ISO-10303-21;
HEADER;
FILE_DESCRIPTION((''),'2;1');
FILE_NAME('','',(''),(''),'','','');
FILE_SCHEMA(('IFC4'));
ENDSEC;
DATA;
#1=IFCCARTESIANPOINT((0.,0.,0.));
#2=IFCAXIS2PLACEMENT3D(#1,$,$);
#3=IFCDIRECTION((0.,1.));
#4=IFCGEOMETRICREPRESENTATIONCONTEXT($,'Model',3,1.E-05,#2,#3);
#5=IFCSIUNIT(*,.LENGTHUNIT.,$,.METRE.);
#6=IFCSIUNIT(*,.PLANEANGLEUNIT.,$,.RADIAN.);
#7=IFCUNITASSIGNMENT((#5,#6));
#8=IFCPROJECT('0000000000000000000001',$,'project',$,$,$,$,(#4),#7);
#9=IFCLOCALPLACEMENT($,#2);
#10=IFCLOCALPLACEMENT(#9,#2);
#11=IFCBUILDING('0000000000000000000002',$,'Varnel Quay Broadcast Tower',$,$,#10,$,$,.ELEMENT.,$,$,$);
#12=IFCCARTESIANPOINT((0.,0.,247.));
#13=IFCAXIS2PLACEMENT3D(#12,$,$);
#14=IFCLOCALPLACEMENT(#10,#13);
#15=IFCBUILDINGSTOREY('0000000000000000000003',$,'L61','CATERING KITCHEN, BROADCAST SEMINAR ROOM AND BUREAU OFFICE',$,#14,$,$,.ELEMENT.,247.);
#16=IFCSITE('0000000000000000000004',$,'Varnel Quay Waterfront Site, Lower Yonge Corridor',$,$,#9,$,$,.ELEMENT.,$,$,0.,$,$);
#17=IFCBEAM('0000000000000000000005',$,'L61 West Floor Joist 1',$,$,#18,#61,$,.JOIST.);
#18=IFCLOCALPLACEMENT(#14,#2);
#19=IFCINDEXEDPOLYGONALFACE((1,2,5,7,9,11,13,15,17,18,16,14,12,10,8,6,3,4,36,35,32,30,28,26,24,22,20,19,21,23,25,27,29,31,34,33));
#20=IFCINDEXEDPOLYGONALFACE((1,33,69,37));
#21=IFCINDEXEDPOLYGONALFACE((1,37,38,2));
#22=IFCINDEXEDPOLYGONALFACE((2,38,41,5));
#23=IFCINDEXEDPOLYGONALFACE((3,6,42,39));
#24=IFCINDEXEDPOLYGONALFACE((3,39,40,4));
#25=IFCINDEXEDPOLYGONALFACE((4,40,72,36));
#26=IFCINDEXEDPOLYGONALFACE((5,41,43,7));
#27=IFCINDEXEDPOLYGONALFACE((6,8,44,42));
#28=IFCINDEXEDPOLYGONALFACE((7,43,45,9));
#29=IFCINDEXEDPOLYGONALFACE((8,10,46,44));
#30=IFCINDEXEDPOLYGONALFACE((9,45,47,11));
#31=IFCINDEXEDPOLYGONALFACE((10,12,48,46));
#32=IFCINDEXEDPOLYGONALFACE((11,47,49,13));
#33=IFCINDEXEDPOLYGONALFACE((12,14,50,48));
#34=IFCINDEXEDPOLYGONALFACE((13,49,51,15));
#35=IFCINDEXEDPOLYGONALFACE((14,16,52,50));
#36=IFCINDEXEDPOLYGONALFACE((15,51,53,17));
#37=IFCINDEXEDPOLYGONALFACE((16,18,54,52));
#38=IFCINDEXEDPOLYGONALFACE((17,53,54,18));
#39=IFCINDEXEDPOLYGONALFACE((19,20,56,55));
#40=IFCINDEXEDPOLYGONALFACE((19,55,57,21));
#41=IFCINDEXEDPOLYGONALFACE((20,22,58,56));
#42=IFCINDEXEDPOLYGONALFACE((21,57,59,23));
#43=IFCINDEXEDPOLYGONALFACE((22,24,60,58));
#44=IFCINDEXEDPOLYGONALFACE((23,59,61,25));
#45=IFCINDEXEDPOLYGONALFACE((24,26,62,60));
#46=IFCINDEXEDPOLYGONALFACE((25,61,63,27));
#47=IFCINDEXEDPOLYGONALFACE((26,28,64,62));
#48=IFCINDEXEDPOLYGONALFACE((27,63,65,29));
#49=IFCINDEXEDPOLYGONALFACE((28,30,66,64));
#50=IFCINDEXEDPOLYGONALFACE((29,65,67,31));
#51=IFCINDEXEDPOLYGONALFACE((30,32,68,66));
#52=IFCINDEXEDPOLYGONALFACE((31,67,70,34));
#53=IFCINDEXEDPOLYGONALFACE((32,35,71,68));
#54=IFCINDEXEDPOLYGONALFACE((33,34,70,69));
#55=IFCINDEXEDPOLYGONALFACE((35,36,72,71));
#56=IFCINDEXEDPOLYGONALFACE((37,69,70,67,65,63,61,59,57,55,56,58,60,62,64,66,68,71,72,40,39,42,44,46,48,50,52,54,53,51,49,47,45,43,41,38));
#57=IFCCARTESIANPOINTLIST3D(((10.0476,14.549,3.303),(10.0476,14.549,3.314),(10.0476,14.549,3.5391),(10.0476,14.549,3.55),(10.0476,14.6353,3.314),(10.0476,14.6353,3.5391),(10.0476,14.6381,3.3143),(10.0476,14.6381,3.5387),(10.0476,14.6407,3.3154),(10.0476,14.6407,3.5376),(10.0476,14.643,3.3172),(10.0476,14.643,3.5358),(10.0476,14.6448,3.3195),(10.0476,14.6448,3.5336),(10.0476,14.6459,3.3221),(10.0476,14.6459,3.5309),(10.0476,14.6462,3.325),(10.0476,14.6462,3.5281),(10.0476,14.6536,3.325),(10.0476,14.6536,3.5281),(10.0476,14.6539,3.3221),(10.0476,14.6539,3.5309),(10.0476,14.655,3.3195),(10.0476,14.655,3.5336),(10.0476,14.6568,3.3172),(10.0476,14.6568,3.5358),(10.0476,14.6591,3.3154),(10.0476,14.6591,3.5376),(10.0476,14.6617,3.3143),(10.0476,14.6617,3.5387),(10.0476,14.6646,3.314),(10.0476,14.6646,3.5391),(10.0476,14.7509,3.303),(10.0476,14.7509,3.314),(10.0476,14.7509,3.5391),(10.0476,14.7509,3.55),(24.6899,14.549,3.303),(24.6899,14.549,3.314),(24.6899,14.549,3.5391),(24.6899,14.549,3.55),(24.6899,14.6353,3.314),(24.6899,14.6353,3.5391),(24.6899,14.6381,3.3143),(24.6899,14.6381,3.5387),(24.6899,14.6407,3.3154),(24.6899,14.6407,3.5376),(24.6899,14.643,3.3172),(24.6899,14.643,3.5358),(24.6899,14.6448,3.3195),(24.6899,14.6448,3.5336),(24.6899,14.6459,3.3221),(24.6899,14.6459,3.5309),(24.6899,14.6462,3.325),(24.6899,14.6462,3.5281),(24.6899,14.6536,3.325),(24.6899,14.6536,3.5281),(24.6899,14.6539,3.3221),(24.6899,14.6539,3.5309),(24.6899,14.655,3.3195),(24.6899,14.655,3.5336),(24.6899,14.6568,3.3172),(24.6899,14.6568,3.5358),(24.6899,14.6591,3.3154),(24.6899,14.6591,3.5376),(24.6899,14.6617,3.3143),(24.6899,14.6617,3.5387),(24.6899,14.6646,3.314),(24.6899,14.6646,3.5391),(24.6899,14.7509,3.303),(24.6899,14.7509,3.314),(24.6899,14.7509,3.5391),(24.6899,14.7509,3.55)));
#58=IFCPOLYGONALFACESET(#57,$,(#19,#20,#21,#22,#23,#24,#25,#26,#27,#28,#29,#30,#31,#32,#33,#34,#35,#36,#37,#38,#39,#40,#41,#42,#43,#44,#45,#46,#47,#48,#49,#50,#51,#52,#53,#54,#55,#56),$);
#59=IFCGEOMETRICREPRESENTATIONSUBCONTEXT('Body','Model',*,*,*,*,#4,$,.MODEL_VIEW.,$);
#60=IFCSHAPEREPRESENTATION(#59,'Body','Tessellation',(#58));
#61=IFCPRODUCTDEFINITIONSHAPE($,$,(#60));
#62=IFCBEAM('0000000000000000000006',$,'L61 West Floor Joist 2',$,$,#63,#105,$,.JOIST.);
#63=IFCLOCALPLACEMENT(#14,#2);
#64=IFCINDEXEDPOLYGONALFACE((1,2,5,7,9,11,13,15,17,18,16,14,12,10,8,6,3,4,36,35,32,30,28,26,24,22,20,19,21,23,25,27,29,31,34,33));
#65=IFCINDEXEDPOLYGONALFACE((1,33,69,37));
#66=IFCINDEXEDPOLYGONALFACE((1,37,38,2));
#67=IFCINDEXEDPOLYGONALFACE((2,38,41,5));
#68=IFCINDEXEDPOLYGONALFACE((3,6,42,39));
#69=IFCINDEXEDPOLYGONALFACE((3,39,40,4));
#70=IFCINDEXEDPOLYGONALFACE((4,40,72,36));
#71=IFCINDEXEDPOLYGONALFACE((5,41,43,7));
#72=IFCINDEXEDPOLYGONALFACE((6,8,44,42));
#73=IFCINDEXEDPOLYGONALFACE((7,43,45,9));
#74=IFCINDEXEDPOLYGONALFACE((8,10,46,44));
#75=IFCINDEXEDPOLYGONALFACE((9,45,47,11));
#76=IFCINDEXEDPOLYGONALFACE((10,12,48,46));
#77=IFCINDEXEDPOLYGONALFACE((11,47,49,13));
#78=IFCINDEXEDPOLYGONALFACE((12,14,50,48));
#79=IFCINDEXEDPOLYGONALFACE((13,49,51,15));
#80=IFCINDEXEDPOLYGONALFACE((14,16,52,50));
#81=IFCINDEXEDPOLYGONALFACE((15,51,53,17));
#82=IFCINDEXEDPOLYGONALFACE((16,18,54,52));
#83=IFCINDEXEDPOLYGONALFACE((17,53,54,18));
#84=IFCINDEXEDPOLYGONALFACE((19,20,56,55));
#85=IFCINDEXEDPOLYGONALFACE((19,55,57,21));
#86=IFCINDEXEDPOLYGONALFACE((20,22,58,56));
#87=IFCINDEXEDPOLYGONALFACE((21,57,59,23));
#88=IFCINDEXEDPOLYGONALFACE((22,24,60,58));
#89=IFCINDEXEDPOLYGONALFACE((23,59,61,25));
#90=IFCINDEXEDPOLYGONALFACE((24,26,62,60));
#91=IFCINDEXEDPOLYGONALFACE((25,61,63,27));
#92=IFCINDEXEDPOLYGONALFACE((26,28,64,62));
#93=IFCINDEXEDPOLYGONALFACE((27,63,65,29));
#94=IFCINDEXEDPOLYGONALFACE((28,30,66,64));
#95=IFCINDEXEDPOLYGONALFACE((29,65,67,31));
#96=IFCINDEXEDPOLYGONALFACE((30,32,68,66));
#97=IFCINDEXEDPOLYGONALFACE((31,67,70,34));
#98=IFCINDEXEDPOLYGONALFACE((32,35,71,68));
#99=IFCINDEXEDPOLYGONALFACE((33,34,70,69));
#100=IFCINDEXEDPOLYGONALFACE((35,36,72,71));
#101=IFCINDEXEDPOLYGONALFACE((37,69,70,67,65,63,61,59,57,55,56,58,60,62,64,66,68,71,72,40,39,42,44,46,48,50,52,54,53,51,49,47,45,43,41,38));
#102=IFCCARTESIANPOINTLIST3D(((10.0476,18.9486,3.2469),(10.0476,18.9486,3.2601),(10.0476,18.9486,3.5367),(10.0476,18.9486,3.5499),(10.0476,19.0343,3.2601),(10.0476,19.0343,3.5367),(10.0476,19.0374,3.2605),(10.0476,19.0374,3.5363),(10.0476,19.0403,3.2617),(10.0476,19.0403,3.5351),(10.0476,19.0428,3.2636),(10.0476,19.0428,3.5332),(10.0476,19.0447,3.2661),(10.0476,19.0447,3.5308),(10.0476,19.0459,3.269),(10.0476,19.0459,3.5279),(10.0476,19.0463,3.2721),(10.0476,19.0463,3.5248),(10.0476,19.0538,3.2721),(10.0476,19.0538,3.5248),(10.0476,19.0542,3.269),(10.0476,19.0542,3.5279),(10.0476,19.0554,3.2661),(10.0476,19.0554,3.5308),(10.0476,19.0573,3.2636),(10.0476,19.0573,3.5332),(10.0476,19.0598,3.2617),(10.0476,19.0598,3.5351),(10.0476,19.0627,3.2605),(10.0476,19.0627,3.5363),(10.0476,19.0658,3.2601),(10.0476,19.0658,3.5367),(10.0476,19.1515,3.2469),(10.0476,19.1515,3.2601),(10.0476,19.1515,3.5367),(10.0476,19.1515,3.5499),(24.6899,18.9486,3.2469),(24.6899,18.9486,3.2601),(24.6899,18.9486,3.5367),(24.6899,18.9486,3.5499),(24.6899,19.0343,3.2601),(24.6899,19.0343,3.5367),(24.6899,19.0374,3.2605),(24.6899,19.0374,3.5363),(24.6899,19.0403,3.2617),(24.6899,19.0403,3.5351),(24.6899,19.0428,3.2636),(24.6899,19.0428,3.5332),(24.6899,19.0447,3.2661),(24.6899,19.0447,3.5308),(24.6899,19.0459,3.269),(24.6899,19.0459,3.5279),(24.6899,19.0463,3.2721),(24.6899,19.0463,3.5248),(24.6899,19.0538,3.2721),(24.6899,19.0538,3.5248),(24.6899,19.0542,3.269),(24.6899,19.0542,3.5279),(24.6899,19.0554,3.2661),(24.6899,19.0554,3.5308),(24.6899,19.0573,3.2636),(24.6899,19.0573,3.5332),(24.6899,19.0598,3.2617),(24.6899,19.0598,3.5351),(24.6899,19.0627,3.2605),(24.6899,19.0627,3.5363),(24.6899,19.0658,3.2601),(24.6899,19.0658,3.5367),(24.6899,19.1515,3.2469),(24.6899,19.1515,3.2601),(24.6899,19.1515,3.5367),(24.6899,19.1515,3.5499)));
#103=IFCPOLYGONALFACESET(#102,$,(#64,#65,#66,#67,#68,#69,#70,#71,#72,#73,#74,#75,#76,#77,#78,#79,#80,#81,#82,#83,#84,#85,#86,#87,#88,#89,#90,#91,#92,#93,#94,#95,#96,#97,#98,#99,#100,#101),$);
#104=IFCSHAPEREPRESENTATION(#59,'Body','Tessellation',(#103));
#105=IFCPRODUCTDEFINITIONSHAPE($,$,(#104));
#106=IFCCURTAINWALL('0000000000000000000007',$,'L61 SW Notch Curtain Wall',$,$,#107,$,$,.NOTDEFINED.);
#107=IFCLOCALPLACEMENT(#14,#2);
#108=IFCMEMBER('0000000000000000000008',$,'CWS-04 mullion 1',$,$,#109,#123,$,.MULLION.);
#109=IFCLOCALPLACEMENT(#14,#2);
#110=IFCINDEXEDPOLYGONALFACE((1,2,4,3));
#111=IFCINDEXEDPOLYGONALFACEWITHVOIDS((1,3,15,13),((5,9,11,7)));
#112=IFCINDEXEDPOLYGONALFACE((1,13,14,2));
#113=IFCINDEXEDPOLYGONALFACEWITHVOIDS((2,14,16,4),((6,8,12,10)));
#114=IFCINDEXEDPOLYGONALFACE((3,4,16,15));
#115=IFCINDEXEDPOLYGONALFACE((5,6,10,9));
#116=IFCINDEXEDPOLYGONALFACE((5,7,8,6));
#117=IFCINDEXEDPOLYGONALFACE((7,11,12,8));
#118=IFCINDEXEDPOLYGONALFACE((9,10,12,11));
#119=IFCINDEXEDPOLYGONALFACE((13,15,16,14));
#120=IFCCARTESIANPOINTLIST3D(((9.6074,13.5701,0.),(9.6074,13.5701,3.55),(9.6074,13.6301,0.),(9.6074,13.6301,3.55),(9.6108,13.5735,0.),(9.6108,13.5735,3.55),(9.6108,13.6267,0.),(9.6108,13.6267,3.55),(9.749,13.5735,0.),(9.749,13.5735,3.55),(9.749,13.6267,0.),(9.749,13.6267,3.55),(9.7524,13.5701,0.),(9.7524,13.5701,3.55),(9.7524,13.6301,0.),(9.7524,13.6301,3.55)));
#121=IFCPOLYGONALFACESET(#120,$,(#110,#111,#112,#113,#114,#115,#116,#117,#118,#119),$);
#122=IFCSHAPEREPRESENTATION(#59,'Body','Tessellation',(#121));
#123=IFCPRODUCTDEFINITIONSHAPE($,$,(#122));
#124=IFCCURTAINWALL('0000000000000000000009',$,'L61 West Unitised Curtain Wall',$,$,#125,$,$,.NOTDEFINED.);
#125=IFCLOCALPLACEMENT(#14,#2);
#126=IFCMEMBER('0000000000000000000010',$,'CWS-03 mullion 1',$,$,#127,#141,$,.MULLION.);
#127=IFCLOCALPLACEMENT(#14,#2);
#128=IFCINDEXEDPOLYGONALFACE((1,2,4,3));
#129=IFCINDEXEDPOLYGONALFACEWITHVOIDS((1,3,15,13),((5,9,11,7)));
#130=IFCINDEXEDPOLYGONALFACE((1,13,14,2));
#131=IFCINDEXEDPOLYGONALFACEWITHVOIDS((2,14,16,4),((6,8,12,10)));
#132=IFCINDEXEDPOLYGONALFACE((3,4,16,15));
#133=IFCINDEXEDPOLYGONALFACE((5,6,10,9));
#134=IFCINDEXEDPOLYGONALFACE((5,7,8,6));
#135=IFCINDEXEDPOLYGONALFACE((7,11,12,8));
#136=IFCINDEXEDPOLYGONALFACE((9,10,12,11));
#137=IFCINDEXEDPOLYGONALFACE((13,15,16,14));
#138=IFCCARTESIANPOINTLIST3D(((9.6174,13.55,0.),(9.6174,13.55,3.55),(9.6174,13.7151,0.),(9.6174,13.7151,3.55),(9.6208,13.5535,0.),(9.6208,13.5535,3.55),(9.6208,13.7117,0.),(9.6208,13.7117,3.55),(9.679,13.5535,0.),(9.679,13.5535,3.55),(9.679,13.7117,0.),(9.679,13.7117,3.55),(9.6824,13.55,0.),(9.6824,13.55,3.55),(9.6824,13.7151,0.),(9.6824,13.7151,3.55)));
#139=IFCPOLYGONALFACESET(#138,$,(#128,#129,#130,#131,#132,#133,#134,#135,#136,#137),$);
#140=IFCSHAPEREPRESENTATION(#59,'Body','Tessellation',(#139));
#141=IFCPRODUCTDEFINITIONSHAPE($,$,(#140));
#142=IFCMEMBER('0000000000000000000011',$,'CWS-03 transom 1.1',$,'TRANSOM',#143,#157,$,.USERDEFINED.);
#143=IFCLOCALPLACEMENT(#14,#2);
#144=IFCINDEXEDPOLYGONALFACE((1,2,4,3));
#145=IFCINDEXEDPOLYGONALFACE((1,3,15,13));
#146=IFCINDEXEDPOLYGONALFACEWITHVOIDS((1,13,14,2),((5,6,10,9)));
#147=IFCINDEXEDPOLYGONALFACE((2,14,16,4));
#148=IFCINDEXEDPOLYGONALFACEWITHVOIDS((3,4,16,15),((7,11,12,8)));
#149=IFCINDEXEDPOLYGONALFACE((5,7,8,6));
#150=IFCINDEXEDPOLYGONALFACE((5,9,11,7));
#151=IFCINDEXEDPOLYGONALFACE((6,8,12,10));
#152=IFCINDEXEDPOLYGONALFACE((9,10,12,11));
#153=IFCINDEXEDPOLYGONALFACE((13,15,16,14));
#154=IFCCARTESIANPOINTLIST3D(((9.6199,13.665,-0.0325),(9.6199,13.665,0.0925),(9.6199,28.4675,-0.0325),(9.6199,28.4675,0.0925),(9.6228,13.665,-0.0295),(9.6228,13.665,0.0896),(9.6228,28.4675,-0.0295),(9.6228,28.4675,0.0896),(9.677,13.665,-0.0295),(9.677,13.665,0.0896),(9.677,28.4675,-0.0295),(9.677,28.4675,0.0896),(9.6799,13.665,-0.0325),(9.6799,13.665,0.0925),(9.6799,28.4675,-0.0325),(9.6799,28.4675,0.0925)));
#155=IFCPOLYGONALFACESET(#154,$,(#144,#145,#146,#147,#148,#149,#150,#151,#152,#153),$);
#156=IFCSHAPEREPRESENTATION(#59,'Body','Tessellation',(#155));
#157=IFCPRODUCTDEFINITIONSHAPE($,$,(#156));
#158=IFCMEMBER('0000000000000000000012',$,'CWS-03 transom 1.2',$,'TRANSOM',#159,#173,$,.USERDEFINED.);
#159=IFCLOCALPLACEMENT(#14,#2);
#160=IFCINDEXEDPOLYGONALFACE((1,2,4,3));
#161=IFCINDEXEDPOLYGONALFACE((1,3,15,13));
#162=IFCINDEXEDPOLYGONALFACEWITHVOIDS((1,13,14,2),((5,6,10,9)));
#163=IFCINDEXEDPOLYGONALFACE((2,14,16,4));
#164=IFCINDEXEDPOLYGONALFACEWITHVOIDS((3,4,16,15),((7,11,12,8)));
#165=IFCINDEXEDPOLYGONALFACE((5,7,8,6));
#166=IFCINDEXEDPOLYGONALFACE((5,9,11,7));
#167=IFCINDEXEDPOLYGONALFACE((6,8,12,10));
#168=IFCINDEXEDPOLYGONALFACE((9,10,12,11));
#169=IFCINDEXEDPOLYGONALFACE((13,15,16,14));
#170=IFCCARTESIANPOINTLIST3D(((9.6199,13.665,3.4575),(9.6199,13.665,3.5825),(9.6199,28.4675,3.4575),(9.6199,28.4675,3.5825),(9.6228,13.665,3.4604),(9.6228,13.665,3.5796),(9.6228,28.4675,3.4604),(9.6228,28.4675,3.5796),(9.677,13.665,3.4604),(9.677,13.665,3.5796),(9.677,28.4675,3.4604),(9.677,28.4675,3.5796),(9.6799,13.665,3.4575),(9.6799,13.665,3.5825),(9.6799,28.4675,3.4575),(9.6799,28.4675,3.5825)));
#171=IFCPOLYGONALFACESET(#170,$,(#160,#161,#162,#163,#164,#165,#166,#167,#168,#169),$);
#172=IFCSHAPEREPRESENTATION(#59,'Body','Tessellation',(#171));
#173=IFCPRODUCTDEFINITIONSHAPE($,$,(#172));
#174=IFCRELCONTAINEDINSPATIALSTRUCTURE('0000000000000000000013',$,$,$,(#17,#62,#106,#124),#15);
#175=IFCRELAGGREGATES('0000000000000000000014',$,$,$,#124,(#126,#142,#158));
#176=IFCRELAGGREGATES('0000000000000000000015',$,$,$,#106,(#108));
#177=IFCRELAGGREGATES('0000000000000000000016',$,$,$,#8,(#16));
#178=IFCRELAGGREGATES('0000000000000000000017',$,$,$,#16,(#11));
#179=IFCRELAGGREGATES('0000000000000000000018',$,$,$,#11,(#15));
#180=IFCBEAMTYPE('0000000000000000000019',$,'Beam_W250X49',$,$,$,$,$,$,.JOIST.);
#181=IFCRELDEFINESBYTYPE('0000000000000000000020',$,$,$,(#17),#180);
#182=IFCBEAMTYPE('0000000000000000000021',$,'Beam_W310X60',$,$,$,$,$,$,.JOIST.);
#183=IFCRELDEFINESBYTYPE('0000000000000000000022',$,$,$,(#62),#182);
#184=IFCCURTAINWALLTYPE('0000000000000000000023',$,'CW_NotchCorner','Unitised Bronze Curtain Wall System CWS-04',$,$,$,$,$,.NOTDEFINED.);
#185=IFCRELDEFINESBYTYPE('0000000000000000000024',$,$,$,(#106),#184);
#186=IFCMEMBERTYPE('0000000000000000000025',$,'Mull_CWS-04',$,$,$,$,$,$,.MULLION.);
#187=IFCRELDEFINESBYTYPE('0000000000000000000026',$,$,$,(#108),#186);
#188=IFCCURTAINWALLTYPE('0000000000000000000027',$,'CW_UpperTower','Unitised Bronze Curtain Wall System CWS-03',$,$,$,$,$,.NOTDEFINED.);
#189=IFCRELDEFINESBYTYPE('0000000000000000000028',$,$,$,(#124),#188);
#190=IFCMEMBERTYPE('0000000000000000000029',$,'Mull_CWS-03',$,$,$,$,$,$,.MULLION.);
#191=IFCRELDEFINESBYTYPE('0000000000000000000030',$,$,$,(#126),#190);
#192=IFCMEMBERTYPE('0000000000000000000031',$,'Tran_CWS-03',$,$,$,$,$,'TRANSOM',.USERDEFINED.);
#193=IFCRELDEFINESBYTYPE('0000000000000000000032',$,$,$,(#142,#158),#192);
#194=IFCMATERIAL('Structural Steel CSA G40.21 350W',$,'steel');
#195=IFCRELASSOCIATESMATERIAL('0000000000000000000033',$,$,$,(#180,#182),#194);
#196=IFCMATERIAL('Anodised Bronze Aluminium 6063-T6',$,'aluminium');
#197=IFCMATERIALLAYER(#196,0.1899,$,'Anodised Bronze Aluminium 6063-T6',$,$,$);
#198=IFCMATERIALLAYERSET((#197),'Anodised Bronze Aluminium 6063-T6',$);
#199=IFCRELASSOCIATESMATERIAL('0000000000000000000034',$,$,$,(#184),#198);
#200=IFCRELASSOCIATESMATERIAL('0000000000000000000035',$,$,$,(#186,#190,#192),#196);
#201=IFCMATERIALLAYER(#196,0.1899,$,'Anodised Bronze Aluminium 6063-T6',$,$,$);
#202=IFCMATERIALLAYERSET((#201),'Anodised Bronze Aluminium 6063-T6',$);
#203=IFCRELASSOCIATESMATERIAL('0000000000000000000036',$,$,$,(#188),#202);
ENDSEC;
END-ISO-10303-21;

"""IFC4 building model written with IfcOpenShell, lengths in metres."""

from ifc_helpers import new_model, si_unit, direction, frame, origin, origin_2d, place, context, subcontext, project, spatial, hollow_rectangle, i_section, extrude, source, transform, mapped, material, layer, layer_set, material_profile, profile_set, type_object, type_shapes, element, aggregate, save


model = new_model("IFC4")

# Units and contexts
model_context = context("Model", 3, precision=1e-05, world=origin(), true_north=direction((0.0, 1.0)))
body_context = subcontext(model_context, "Body", "Model", "MODEL_VIEW")
ifc_project = project(units=[si_unit("LENGTHUNIT", "METRE"), si_unit("PLANEANGLEUNIT", "RADIAN")], contexts=[model_context])

# Site, building, storey
site_placement = place(None, origin())
site = spatial("IfcSite", under=ifc_project, at=site_placement, Name="Varnel Quay Waterfront Site, Lower Yonge Corridor", CompositionType="ELEMENT", RefElevation=0.0)
building_placement = place(site_placement, origin())
building = spatial("IfcBuilding", under=site, at=building_placement, Name="Varnel Quay Broadcast Tower", CompositionType="ELEMENT")
storey_placement = place(building_placement, frame((0.0, 0.0, 247.0)))
storey = spatial("IfcBuildingStorey", under=building, at=storey_placement, Name="L61", Description="CATERING KITCHEN, BROADCAST SEMINAR ROOM AND BUREAU OFFICE", CompositionType="ELEMENT", Elevation=247.0)

# Beams
ifc_material_1 = material(Name="Structural Steel CSA G40.21 350W", Category="steel")
ifc_material_profile_1 = material_profile(ifc_material_1, i_section(OverallWidth=0.2019, OverallDepth=0.2471, WebThickness=0.0073, FlangeThickness=0.011, FilletRadius=0.011, at=origin_2d()), Name="W250X49")
ifc_profile_set_1 = profile_set([ifc_material_profile_1], Name="Structural Steel CSA G40.21 350W")
beam_type_1 = type_object("IfcBeamType", Name="Beam_W250X49", PredefinedType="JOIST", material=ifc_profile_set_1)
shared_shape_1 = source(origin(), body_context, "Body", "SweptSolid", [
    extrude(i_section(OverallWidth=0.2019, OverallDepth=0.2471, WebThickness=0.0073, FlangeThickness=0.011, FilletRadius=0.011, at=origin_2d()), origin(), (0.0, 0.0, 1.0), 14.6423),
])
type_shapes(beam_type_1, [shared_shape_1])
beam_1_placement = place(storey_placement, frame((10.0476, 14.6499, 3.4265), z_axis=(1.0, 0.0, 0.0), x_axis=(0.0, 1.0, 0.0)))
element("IfcBeam", 1, at=beam_1_placement, inside=storey, type_object=beam_type_1, Name="L61 West Floor Joist 1", PredefinedType="JOIST", context=body_context, shape_type="MappedRepresentation", body=[
    mapped(shared_shape_1, transform((0.0, 0.0, 0.0), x_axis=(1.0, 0.0, 0.0), y_axis=(0.0, 1.0, 0.0), z_axis=(0.0, 0.0, 1.0), scale=1.0)),
])
ifc_material_profile_2 = material_profile(ifc_material_1, i_section(OverallWidth=0.2029, OverallDepth=0.303, WebThickness=0.0076, FlangeThickness=0.0132, FilletRadius=0.012, at=origin_2d()), Name="W310X60")
ifc_profile_set_2 = profile_set([ifc_material_profile_2], Name="Structural Steel CSA G40.21 350W")
beam_type_2 = type_object("IfcBeamType", Name="Beam_W310X60", PredefinedType="JOIST", material=ifc_profile_set_2)
shared_shape_2 = source(origin(), body_context, "Body", "SweptSolid", [
    extrude(i_section(OverallWidth=0.2029, OverallDepth=0.303, WebThickness=0.0076, FlangeThickness=0.0132, FilletRadius=0.012, at=origin_2d()), origin(), (0.0, 0.0, 1.0), 14.6423),
])
type_shapes(beam_type_2, [shared_shape_2])
beam_2_placement = place(storey_placement, frame((10.0476, 19.05, 3.3984), z_axis=(1.0, 0.0, 0.0), x_axis=(0.0, 1.0, 0.0)))
element("IfcBeam", 2, at=beam_2_placement, inside=storey, type_object=beam_type_2, Name="L61 West Floor Joist 2", PredefinedType="JOIST", context=body_context, shape_type="MappedRepresentation", body=[
    mapped(shared_shape_2, transform((0.0, 0.0, 0.0), x_axis=(1.0, 0.0, 0.0), y_axis=(0.0, 1.0, 0.0), z_axis=(0.0, 0.0, 1.0), scale=1.0)),
])

# Curtain wall, member
ifc_material_2 = material(Name="Anodised Bronze Aluminium 6063-T6", Category="aluminium")
ifc_layer_1 = layer(ifc_material_2, 0.1899, Name="Anodised Bronze Aluminium 6063-T6")
ifc_layer_set_1 = layer_set([ifc_layer_1], Name="Anodised Bronze Aluminium 6063-T6")
curtain_wall_type_1 = type_object("IfcCurtainWallType", Name="CW_NotchCorner", Description="Unitised Bronze Curtain Wall System CWS-04", PredefinedType="NOTDEFINED", material=ifc_layer_set_1)
curtain_wall_1_placement = place(storey_placement, origin())
curtain_wall_1 = element("IfcCurtainWall", 3, at=curtain_wall_1_placement, inside=storey, type_object=curtain_wall_type_1, Name="L61 SW Notch Curtain Wall", PredefinedType="NOTDEFINED")
ifc_material_profile_3 = material_profile(ifc_material_2, hollow_rectangle(XDim=0.0601, YDim=0.145, WallThickness=0.0034, at=origin_2d()), Name="ALU60X145X3.5")
ifc_profile_set_3 = profile_set([ifc_material_profile_3], Name="Anodised Bronze Aluminium 6063-T6")
member_type_1 = type_object("IfcMemberType", Name="Mull_CWS-04", PredefinedType="MULLION", material=ifc_profile_set_3)
shared_shape_3 = source(origin(), body_context, "Body", "SweptSolid", [
    extrude(hollow_rectangle(XDim=0.0601, YDim=0.145, WallThickness=0.0034, at=origin_2d()), origin(), (0.0, 0.0, 1.0), 3.55),
])
type_shapes(member_type_1, [shared_shape_3])
member_1_placement = place(storey_placement, frame((9.6799, 13.6001, 0.0), z_axis=(0.0, 0.0, 1.0), x_axis=(0.0, 1.0, 0.0)))
member_1 = element("IfcMember", 4, at=member_1_placement, type_object=member_type_1, Name="CWS-04 mullion 1", PredefinedType="MULLION", context=body_context, shape_type="MappedRepresentation", body=[
    mapped(shared_shape_3, transform((0.0, 0.0, 0.0), x_axis=(1.0, 0.0, 0.0), y_axis=(0.0, 1.0, 0.0), z_axis=(0.0, 0.0, 1.0), scale=1.0)),
])

# Curtain wall, members
ifc_layer_2 = layer(ifc_material_2, 0.1899, Name="Anodised Bronze Aluminium 6063-T6")
ifc_layer_set_2 = layer_set([ifc_layer_2], Name="Anodised Bronze Aluminium 6063-T6")
curtain_wall_type_2 = type_object("IfcCurtainWallType", Name="CW_UpperTower", Description="Unitised Bronze Curtain Wall System CWS-03", PredefinedType="NOTDEFINED", material=ifc_layer_set_2)
curtain_wall_2_placement = place(storey_placement, origin())
curtain_wall_2 = element("IfcCurtainWall", 5, at=curtain_wall_2_placement, inside=storey, type_object=curtain_wall_type_2, Name="L61 West Unitised Curtain Wall", PredefinedType="NOTDEFINED")
ifc_material_profile_4 = material_profile(ifc_material_2, hollow_rectangle(XDim=0.0649, YDim=0.165, WallThickness=0.0034, at=origin_2d()), Name="ALU65X165X3.5")
ifc_profile_set_4 = profile_set([ifc_material_profile_4], Name="Anodised Bronze Aluminium 6063-T6")
member_type_2 = type_object("IfcMemberType", Name="Mull_CWS-03", PredefinedType="MULLION", material=ifc_profile_set_4)
shared_shape_4 = source(origin(), body_context, "Body", "SweptSolid", [
    extrude(hollow_rectangle(XDim=0.0649, YDim=0.165, WallThickness=0.0034, at=origin_2d()), origin(), (0.0, 0.0, 1.0), 3.55),
])
type_shapes(member_type_2, [shared_shape_4])
member_2_placement = place(storey_placement, frame((9.6499, 13.6326, 0.0), z_axis=(0.0, 0.0, 1.0), x_axis=(-1.0, 0.0, 0.0)))
member_2 = element("IfcMember", 6, at=member_2_placement, type_object=member_type_2, Name="CWS-03 mullion 1", PredefinedType="MULLION", context=body_context, shape_type="MappedRepresentation", body=[
    mapped(shared_shape_4, transform((0.0, 0.0, 0.0), x_axis=(1.0, 0.0, 0.0), y_axis=(0.0, 1.0, 0.0), z_axis=(0.0, 0.0, 1.0), scale=1.0)),
])
ifc_material_profile_5 = material_profile(ifc_material_2, hollow_rectangle(XDim=0.0601, YDim=0.125, WallThickness=0.0029, at=origin_2d()), Name="ALU60X125X3")
ifc_profile_set_5 = profile_set([ifc_material_profile_5], Name="Anodised Bronze Aluminium 6063-T6")
member_type_3 = type_object("IfcMemberType", Name="Tran_CWS-03", ElementType="TRANSOM", PredefinedType="USERDEFINED", material=ifc_profile_set_5)
shared_shape_5 = source(origin(), body_context, "Body", "SweptSolid", [
    extrude(hollow_rectangle(XDim=0.0601, YDim=0.125, WallThickness=0.0029, at=origin_2d()), origin(), (0.0, 0.0, 1.0), 14.8025),
])
type_shapes(member_type_3, [shared_shape_5])
member_3_placement = place(storey_placement, frame((9.6499, 13.665, 0.03), z_axis=(0.0, 1.0, 0.0), x_axis=(-1.0, 0.0, 0.0)))
member_3 = element("IfcMember", 7, at=member_3_placement, type_object=member_type_3, Name="CWS-03 transom 1.1", ObjectType="TRANSOM", PredefinedType="USERDEFINED", context=body_context, shape_type="MappedRepresentation", body=[
    mapped(shared_shape_5, transform((0.0, 0.0, 0.0), x_axis=(1.0, 0.0, 0.0), y_axis=(0.0, 1.0, 0.0), z_axis=(0.0, 0.0, 1.0), scale=1.0)),
])
member_4_placement = place(storey_placement, frame((9.6499, 13.665, 3.52), z_axis=(0.0, 1.0, 0.0), x_axis=(-1.0, 0.0, 0.0)))
member_4 = element("IfcMember", 8, at=member_4_placement, type_object=member_type_3, Name="CWS-03 transom 1.2", ObjectType="TRANSOM", PredefinedType="USERDEFINED", context=body_context, shape_type="MappedRepresentation", body=[
    mapped(shared_shape_5, transform((0.0, 0.0, 0.0), x_axis=(1.0, 0.0, 0.0), y_axis=(0.0, 1.0, 0.0), z_axis=(0.0, 0.0, 1.0), scale=1.0)),
])
aggregate(curtain_wall_2, [member_2, member_3, member_4])

aggregate(curtain_wall_1, [member_1])

save(model, "model.ifc")
